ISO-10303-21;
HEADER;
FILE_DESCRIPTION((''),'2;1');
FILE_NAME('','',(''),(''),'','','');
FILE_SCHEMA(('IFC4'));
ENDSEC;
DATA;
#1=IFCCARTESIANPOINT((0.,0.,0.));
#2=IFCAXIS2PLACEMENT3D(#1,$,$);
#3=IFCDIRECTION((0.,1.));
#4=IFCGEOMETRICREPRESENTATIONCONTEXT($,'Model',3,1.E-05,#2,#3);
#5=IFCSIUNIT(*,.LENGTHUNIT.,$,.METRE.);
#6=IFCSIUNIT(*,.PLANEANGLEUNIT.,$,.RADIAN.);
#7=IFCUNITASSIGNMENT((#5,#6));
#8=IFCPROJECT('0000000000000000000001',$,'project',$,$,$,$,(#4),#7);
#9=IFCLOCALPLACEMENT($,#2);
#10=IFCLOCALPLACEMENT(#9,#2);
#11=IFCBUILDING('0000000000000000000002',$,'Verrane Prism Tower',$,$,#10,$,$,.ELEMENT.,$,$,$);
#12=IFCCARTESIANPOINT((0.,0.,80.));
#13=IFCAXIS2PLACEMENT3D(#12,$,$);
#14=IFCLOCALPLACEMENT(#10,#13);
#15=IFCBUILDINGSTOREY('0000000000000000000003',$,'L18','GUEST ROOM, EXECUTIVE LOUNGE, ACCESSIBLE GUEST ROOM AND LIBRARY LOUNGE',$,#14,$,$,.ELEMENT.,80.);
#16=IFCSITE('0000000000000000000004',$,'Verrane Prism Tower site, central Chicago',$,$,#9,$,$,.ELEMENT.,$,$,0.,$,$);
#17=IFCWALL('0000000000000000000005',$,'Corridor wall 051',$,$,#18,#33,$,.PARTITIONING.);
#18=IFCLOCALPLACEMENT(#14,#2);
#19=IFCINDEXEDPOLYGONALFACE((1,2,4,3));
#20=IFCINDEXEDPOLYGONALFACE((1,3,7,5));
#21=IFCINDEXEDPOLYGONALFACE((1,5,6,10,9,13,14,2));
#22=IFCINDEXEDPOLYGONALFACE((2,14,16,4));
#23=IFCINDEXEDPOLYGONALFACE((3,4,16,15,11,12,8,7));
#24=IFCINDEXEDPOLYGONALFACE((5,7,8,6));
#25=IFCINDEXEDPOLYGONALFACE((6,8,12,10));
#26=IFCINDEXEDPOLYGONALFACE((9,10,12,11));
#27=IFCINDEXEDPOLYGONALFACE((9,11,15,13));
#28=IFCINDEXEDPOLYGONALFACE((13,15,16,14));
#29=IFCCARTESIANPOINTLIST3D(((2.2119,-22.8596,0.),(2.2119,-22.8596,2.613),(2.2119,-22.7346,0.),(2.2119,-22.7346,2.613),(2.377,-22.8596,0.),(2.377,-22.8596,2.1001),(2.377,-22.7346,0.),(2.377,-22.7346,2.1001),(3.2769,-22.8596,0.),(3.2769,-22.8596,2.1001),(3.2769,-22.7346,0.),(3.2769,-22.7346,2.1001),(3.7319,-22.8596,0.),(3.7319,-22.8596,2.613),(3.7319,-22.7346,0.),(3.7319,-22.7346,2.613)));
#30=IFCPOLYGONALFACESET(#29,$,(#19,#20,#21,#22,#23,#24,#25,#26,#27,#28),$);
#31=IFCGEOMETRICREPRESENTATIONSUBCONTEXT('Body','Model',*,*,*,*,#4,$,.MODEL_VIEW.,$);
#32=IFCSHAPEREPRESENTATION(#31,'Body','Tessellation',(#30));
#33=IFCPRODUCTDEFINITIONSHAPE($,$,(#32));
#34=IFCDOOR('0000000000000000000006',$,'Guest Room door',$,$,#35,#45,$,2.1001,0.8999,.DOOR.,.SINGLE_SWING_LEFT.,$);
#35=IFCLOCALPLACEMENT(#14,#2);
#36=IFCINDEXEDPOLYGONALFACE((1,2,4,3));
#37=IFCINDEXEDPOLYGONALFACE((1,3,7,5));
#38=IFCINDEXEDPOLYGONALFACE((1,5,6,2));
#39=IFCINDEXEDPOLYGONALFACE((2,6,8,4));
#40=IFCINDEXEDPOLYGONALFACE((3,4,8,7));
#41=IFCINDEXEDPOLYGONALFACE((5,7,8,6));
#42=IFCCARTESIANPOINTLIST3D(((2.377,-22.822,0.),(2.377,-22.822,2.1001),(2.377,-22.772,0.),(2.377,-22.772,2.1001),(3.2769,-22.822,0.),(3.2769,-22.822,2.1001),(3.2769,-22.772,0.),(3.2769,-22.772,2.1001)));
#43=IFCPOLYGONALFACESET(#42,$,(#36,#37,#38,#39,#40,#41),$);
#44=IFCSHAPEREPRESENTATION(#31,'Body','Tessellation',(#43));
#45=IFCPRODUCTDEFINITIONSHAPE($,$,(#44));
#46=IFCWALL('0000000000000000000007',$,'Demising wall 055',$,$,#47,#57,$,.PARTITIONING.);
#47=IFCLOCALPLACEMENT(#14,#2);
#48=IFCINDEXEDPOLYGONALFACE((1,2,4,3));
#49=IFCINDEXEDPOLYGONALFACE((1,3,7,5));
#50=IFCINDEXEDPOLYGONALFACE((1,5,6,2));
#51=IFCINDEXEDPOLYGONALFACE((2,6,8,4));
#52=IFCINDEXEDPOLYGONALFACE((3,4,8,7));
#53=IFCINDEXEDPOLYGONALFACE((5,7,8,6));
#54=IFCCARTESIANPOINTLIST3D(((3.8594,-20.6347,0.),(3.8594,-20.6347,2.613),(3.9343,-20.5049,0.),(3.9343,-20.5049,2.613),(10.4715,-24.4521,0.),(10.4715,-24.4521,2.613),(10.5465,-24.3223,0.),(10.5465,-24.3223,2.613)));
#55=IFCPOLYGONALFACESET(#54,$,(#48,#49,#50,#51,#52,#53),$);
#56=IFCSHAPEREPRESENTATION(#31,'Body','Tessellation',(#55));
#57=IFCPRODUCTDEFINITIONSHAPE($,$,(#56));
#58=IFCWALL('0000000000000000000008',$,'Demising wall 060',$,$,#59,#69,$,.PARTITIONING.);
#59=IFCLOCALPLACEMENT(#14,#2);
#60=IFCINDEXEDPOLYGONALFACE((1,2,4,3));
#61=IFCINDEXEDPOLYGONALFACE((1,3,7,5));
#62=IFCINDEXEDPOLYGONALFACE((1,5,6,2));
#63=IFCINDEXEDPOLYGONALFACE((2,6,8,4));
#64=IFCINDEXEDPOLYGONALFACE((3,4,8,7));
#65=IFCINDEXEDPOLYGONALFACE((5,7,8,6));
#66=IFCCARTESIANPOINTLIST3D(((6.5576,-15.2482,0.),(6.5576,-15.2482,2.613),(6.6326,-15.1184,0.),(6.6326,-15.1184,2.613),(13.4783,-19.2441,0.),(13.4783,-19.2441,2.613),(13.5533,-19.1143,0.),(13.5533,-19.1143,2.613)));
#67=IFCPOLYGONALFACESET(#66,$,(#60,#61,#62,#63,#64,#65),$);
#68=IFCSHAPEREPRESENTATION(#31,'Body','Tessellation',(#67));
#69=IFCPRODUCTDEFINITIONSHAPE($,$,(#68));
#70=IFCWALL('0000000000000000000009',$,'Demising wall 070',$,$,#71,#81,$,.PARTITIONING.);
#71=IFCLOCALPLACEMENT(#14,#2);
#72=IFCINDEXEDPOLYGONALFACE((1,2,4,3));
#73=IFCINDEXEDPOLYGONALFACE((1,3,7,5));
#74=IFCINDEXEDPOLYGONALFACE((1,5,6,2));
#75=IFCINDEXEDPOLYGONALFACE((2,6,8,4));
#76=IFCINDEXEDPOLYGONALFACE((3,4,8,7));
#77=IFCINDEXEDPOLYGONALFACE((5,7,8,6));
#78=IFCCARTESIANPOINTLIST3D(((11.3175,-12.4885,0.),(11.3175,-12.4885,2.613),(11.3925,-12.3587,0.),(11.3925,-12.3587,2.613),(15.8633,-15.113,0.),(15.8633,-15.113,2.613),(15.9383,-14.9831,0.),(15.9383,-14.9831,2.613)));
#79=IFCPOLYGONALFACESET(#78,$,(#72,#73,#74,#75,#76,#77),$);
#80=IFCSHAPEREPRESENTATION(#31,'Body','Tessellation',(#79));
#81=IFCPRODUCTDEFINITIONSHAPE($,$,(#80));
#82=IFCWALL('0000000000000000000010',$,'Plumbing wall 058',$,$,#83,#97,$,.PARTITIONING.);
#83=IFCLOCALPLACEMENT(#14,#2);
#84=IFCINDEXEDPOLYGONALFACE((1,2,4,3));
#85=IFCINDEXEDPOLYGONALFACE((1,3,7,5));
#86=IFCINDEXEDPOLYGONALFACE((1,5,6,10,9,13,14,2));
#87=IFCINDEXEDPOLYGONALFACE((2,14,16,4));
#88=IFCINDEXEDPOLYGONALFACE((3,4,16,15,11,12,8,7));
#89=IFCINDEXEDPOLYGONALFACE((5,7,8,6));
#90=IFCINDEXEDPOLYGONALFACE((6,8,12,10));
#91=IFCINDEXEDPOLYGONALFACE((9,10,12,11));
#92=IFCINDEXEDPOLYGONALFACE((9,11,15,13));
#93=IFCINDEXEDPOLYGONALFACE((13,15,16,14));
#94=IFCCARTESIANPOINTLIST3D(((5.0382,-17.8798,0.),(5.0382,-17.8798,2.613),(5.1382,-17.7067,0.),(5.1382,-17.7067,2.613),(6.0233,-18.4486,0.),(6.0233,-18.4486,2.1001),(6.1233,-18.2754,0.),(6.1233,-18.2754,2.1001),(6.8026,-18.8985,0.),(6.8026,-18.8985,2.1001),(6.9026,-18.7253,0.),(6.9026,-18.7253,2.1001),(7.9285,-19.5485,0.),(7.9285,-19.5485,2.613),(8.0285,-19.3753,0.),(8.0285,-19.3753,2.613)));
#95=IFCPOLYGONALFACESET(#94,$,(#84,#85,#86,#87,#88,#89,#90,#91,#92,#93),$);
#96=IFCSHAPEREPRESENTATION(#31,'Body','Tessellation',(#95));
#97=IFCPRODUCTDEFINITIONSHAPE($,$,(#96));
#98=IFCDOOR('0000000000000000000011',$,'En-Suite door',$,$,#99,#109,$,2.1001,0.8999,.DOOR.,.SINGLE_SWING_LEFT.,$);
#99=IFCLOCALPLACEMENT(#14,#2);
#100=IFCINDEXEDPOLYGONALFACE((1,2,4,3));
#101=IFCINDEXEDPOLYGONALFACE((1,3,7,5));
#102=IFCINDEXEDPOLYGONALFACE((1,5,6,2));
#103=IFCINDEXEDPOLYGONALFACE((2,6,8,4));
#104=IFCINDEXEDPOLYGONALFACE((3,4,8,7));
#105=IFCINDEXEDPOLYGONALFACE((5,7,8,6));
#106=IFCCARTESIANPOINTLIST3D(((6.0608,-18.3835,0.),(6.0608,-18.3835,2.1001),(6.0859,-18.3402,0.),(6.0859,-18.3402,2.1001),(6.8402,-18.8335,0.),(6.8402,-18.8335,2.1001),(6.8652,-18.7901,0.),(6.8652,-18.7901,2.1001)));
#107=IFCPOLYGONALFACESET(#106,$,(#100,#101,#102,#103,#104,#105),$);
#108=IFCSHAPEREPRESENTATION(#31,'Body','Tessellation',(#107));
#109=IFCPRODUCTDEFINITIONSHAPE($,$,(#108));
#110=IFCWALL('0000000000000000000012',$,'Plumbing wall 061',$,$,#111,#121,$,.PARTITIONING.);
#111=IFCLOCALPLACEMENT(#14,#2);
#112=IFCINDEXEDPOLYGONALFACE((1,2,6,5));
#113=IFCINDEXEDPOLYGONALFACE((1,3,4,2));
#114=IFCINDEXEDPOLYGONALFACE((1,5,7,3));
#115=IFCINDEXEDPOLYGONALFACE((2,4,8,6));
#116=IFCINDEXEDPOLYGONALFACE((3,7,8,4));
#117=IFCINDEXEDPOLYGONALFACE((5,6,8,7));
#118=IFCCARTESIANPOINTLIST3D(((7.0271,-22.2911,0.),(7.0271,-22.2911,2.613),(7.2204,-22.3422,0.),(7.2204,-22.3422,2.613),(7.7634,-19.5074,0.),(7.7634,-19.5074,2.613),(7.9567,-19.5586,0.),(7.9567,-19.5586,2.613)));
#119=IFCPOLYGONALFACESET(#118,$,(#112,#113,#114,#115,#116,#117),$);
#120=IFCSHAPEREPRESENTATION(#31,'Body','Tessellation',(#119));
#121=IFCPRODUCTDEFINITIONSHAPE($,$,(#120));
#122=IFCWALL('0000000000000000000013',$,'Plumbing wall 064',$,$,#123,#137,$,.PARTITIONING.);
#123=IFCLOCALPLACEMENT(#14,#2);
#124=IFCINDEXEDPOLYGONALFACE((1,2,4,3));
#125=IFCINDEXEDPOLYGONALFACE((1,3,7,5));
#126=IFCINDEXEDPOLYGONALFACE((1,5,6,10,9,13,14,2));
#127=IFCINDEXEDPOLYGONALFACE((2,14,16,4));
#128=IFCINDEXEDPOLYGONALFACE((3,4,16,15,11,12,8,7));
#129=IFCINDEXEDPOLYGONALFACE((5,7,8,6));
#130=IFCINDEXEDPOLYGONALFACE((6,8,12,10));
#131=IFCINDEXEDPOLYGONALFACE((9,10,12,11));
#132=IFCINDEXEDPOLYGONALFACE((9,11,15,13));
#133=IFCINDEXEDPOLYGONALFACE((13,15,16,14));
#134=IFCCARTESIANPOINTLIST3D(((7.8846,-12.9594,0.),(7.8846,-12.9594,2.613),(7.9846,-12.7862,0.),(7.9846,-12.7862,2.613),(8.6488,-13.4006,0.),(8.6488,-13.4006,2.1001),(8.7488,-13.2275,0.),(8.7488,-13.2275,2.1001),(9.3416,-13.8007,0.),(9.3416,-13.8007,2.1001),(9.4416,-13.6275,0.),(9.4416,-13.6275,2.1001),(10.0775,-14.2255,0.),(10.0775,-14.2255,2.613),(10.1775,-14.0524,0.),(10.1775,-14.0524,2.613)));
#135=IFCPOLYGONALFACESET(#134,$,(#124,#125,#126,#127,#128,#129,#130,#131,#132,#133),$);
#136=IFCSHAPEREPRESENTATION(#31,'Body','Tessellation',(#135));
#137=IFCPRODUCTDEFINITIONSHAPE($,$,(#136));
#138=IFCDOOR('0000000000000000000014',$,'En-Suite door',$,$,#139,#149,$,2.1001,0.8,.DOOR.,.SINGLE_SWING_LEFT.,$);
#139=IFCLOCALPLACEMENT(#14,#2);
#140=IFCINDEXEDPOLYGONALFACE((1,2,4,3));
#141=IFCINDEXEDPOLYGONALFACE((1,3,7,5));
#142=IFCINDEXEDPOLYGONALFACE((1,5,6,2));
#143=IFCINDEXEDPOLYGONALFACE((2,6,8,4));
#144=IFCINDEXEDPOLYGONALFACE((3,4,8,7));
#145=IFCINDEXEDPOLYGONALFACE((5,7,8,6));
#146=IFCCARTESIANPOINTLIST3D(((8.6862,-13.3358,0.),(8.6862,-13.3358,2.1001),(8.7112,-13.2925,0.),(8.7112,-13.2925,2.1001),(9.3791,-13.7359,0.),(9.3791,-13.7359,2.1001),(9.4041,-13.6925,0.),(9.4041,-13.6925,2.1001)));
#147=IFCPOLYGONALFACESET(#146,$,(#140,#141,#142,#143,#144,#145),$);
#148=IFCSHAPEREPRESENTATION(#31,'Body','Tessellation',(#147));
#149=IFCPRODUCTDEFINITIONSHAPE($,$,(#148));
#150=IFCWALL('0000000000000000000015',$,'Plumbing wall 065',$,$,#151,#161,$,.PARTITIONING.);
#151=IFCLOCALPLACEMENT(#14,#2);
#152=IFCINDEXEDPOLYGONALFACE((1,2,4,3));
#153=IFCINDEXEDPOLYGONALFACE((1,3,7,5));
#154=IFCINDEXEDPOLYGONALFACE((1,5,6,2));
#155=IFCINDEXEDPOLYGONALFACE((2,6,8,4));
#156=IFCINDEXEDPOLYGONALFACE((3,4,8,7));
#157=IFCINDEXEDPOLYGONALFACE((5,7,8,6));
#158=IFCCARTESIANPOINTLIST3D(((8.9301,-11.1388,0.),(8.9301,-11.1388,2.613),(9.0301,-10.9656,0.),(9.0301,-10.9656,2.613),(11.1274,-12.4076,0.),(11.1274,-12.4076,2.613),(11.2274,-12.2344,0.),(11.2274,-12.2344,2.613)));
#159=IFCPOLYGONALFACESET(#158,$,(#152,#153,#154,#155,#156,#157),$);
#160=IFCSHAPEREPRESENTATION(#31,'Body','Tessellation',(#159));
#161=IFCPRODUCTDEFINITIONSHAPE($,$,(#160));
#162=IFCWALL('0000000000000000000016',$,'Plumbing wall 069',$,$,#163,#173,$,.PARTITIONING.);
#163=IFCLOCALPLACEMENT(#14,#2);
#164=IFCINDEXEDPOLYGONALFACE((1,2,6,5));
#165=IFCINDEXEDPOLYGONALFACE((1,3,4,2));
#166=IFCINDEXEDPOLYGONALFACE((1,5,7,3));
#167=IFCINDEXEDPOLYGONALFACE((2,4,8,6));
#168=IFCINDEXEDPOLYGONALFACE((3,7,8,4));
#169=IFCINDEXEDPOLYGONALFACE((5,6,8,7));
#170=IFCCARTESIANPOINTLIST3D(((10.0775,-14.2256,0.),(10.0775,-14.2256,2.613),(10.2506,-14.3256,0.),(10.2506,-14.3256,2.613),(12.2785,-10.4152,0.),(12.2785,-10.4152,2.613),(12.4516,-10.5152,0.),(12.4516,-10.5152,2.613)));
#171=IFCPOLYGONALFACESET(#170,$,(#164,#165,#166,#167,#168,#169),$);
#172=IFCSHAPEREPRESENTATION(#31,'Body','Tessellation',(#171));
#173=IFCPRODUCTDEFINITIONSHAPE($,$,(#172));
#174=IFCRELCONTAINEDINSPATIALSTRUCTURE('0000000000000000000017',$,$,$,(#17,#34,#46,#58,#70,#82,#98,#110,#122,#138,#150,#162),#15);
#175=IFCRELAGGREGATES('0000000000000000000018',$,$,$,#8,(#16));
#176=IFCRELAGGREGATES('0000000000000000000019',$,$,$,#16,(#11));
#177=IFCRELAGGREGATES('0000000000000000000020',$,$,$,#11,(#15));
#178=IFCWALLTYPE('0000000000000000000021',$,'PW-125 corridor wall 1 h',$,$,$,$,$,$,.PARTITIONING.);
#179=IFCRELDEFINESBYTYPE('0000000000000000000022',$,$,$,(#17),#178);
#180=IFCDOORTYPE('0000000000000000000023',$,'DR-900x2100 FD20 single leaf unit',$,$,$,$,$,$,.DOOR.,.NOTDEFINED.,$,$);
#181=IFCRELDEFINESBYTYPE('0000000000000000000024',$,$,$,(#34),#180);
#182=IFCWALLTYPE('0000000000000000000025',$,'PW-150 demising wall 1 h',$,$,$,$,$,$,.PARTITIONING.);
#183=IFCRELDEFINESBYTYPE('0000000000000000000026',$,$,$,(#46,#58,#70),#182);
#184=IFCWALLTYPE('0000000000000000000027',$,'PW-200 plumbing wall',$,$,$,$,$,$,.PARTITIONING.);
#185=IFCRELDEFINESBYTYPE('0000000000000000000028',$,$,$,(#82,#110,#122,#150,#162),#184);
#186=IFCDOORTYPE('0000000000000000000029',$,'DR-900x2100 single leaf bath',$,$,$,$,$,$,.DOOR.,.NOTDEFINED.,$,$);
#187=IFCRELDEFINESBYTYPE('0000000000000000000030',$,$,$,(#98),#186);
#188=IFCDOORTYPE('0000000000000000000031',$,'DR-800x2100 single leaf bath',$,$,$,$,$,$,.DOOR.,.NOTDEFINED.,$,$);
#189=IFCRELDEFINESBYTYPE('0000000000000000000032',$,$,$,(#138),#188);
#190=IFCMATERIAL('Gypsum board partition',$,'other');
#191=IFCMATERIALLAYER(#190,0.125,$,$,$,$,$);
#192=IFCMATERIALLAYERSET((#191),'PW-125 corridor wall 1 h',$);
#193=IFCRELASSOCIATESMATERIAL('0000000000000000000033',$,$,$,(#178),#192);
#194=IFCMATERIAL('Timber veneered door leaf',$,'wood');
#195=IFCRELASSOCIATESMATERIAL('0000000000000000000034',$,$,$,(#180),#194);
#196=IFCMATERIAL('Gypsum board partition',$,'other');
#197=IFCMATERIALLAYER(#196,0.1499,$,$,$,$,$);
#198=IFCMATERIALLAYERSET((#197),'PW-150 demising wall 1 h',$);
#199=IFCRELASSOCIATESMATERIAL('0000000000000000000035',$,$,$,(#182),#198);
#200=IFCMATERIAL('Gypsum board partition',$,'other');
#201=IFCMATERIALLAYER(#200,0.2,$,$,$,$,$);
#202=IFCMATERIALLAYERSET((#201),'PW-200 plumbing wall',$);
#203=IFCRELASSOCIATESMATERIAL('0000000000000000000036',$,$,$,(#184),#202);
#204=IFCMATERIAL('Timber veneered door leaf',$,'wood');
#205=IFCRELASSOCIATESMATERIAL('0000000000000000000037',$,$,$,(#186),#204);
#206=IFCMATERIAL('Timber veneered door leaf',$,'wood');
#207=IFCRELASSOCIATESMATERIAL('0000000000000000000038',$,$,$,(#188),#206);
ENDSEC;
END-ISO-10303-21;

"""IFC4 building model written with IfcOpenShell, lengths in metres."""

from ifc_helpers import new_model, si_unit, direction, frame, frame_2d, origin, place, context, subcontext, project, spatial, rectangle, extrude, material, layer, layer_set, type_object, element, fill, save


model = new_model("IFC4")

# Units and contexts
model_context = context("Model", 3, precision=1e-05, world=origin(), true_north=direction((0.0, 1.0)))
body_context = subcontext(model_context, "Body", "Model", "MODEL_VIEW")
ifc_project = project(units=[si_unit("LENGTHUNIT", "METRE"), si_unit("PLANEANGLEUNIT", "RADIAN")], contexts=[model_context])

# Site, building, storey
site_placement = place(None, origin())
site = spatial("IfcSite", under=ifc_project, at=site_placement, Name="Verrane Prism Tower site, central Chicago", CompositionType="ELEMENT", RefElevation=0.0)
building_placement = place(site_placement, origin())
building = spatial("IfcBuilding", under=site, at=building_placement, Name="Verrane Prism Tower", CompositionType="ELEMENT")
storey_placement = place(building_placement, frame((0.0, 0.0, 80.0)))
storey = spatial("IfcBuildingStorey", under=building, at=storey_placement, Name="L18", Description="GUEST ROOM, EXECUTIVE LOUNGE, ACCESSIBLE GUEST ROOM AND LIBRARY LOUNGE", CompositionType="ELEMENT", Elevation=80.0)

# Wall, opening, door
ifc_material_1 = material(Name="Gypsum board partition", Category="other")
ifc_layer_1 = layer(ifc_material_1, 0.125)
ifc_layer_set_1 = layer_set([ifc_layer_1], Name="PW-125 corridor wall 1 h")
wall_type_1 = type_object("IfcWallType", Name="PW-125 corridor wall 1 h", PredefinedType="PARTITIONING", material=ifc_layer_set_1)
wall_1_placement = place(storey_placement, frame((3.7319, -22.7971, 0.0), z_axis=(0.0, 0.0, 1.0), x_axis=(-1.0, 0.0, 0.0)))
wall_1 = element("IfcWall", 1, at=wall_1_placement, inside=storey, type_object=wall_type_1, Name="Corridor wall 051", PredefinedType="PARTITIONING", context=body_context, shape_type="SweptSolid", body=[
    extrude(rectangle(XDim=1.52, YDim=0.125, at=frame_2d((0.76, 0.0))), origin(), (0.0, 0.0, 1.0), 2.613),
])
opening_1_placement = place(wall_1_placement, frame((0.4551, 0.0, 0.0)))
opening_1 = element("IfcOpeningElement", 2, at=opening_1_placement, cuts=wall_1, PredefinedType="OPENING", context=body_context, shape_type="SweptSolid", body=[
    extrude(rectangle(XDim=0.8999, YDim=2.1001, at=frame_2d((0.45, 1.05))), frame((0.0, 0.0725, 0.0), z_axis=(0.0, -1.0, 0.0), x_axis=(1.0, 0.0, 0.0)), (0.0, 0.0, 1.0), 0.145),
])
ifc_material_2 = material(Name="Timber veneered door leaf", Category="wood")
door_type_1 = type_object("IfcDoorType", Name="DR-900x2100 FD20 single leaf unit", OperationType="NOTDEFINED", PredefinedType="DOOR", material=ifc_material_2)
door_1_placement = place(opening_1_placement, origin())
door_1 = element("IfcDoor", 3, at=door_1_placement, inside=storey, type_object=door_type_1, Name="Guest Room door", OperationType="SINGLE_SWING_LEFT", OverallHeight=2.1001, OverallWidth=0.8999, PredefinedType="DOOR", context=body_context, shape_type="SweptSolid", body=[
    extrude(rectangle(XDim=0.8999, YDim=2.1001, at=frame_2d((0.45, 1.05))), frame((0.0, 0.0249, 0.0), z_axis=(0.0, -1.0, 0.0), x_axis=(1.0, 0.0, 0.0)), (0.0, 0.0, 1.0), 0.05),
])
fill(opening_1, door_1)

# Walls
ifc_material_3 = material(Name="Gypsum board partition", Category="other")
ifc_layer_2 = layer(ifc_material_3, 0.1499)
ifc_layer_set_2 = layer_set([ifc_layer_2], Name="PW-150 demising wall 1 h")
wall_type_2 = type_object("IfcWallType", Name="PW-150 demising wall 1 h", PredefinedType="PARTITIONING", material=ifc_layer_set_2)
wall_2_placement = place(storey_placement, frame((3.897, -20.5698, 0.0), z_axis=(0.0, 0.0, 1.0), x_axis=(0.866031, -0.499991, 0.0)))
element("IfcWall", 4, at=wall_2_placement, inside=storey, type_object=wall_type_2, Name="Demising wall 055", PredefinedType="PARTITIONING", context=body_context, shape_type="SweptSolid", body=[
    extrude(rectangle(XDim=7.635, YDim=0.1499, at=frame_2d((3.8174, 0.0))), origin(), (0.0, 0.0, 1.0), 2.613),
])
wall_3_placement = place(storey_placement, frame((6.5952, -15.1833, 0.0), z_axis=(0.0, 0.0, 1.0), x_axis=(0.866014, -0.50002, 0.0)))
element("IfcWall", 5, at=wall_3_placement, inside=storey, type_object=wall_type_2, Name="Demising wall 060", PredefinedType="PARTITIONING", context=body_context, shape_type="SweptSolid", body=[
    extrude(rectangle(XDim=7.9915, YDim=0.1499, at=frame_2d((3.9956, 0.0))), origin(), (0.0, 0.0, 1.0), 2.613),
])
wall_4_placement = place(storey_placement, frame((11.355, -12.4236, 0.0), z_axis=(0.0, 0.0, 1.0), x_axis=(0.866031, -0.499991, 0.0)))
element("IfcWall", 6, at=wall_4_placement, inside=storey, type_object=wall_type_2, Name="Demising wall 070", PredefinedType="PARTITIONING", context=body_context, shape_type="SweptSolid", body=[
    extrude(rectangle(XDim=5.249, YDim=0.1499, at=frame_2d((2.6245, 0.0))), origin(), (0.0, 0.0, 1.0), 2.613),
])

# Wall, opening, door
ifc_material_4 = material(Name="Gypsum board partition", Category="other")
ifc_layer_3 = layer(ifc_material_4, 0.2)
ifc_layer_set_3 = layer_set([ifc_layer_3], Name="PW-200 plumbing wall")
wall_type_3 = type_object("IfcWallType", Name="PW-200 plumbing wall", PredefinedType="PARTITIONING", material=ifc_layer_set_3)
wall_5_placement = place(storey_placement, frame((7.9785, -19.4619, 0.0), z_axis=(0.0, 0.0, 1.0), x_axis=(-0.866033, 0.499986, 0.0)))
wall_5 = element("IfcWall", 7, at=wall_5_placement, inside=storey, type_object=wall_type_3, Name="Plumbing wall 058", PredefinedType="PARTITIONING", context=body_context, shape_type="SweptSolid", body=[
    extrude(rectangle(XDim=3.3374, YDim=0.2, at=frame_2d((1.6687, 0.0))), origin(), (0.0, 0.0, 1.0), 2.613),
])
opening_2_placement = place(wall_5_placement, frame((1.3, 0.0, 0.0)))
opening_2 = element("IfcOpeningElement", 8, at=opening_2_placement, cuts=wall_5, PredefinedType="OPENING", context=body_context, shape_type="SweptSolid", body=[
    extrude(rectangle(XDim=0.8999, YDim=2.1001, at=frame_2d((0.45, 1.05))), frame((0.0, 0.1099, 0.0), z_axis=(0.0, -1.0, 0.0), x_axis=(1.0, 0.0, 0.0)), (0.0, 0.0, 1.0), 0.22),
])
ifc_material_5 = material(Name="Timber veneered door leaf", Category="wood")
door_type_2 = type_object("IfcDoorType", Name="DR-900x2100 single leaf bath", OperationType="NOTDEFINED", PredefinedType="DOOR", material=ifc_material_5)
door_2_placement = place(opening_2_placement, origin())
door_2 = element("IfcDoor", 9, at=door_2_placement, inside=storey, type_object=door_type_2, Name="En-Suite door", OperationType="SINGLE_SWING_LEFT", OverallHeight=2.1001, OverallWidth=0.8999, PredefinedType="DOOR", context=body_context, shape_type="SweptSolid", body=[
    extrude(rectangle(XDim=0.8999, YDim=2.1001, at=frame_2d((0.45, 1.05))), frame((0.0, 0.0249, 0.0), z_axis=(0.0, -1.0, 0.0), x_axis=(1.0, 0.0, 0.0)), (0.0, 0.0, 1.0), 0.05),
])
fill(opening_2, door_2)

# Wall
wall_6_placement = place(storey_placement, frame((7.1238, -22.3167, 0.0), z_axis=(0.0, 0.0, 1.0), x_axis=(0.25572, 0.966751, 0.0)))
element("IfcWall", 10, at=wall_6_placement, inside=storey, type_object=wall_type_3, Name="Plumbing wall 061", PredefinedType="PARTITIONING", context=body_context, shape_type="SweptSolid", body=[
    extrude(rectangle(XDim=2.8794, YDim=0.2, at=frame_2d((1.4397, 0.0))), origin(), (0.0, 0.0, 1.0), 2.613),
])

# Wall, opening, door
wall_7_placement = place(storey_placement, frame((7.9346, -12.8728, 0.0), z_axis=(0.0, 0.0, 1.0), x_axis=(0.866015, -0.500017, 0.0)))
wall_7 = element("IfcWall", 11, at=wall_7_placement, inside=storey, type_object=wall_type_3, Name="Plumbing wall 064", PredefinedType="PARTITIONING", context=body_context, shape_type="SweptSolid", body=[
    extrude(rectangle(XDim=2.5322, YDim=0.2, at=frame_2d((1.2661, 0.0))), origin(), (0.0, 0.0, 1.0), 2.613),
])
opening_3_placement = place(wall_7_placement, frame((0.8826, 0.0, 0.0)))
opening_3 = element("IfcOpeningElement", 12, at=opening_3_placement, cuts=wall_7, PredefinedType="OPENING", context=body_context, shape_type="SweptSolid", body=[
    extrude(rectangle(XDim=0.8, YDim=2.1001, at=frame_2d((0.3999, 1.05))), frame((0.0, 0.1099, 0.0), z_axis=(0.0, -1.0, 0.0), x_axis=(1.0, 0.0, 0.0)), (0.0, 0.0, 1.0), 0.22),
])
ifc_material_6 = material(Name="Timber veneered door leaf", Category="wood")
door_type_3 = type_object("IfcDoorType", Name="DR-800x2100 single leaf bath", OperationType="NOTDEFINED", PredefinedType="DOOR", material=ifc_material_6)
door_3_placement = place(opening_3_placement, origin())
door_3 = element("IfcDoor", 13, at=door_3_placement, inside=storey, type_object=door_type_3, Name="En-Suite door", OperationType="SINGLE_SWING_LEFT", OverallHeight=2.1001, OverallWidth=0.8, PredefinedType="DOOR", context=body_context, shape_type="SweptSolid", body=[
    extrude(rectangle(XDim=0.8, YDim=2.1001, at=frame_2d((0.3999, 1.05))), frame((0.0, 0.0249, 0.0), z_axis=(0.0, -1.0, 0.0), x_axis=(1.0, 0.0, 0.0)), (0.0, 0.0, 1.0), 0.05),
])
fill(opening_3, door_3)

# Walls
wall_8_placement = place(storey_placement, frame((8.9802, -11.0522, 0.0), z_axis=(0.0, 0.0, 1.0), x_axis=(0.86599, -0.500061, 0.0)))
element("IfcWall", 14, at=wall_8_placement, inside=storey, type_object=wall_type_3, Name="Plumbing wall 065", PredefinedType="PARTITIONING", context=body_context, shape_type="SweptSolid", body=[
    extrude(rectangle(XDim=2.5374, YDim=0.2, at=frame_2d((1.2686, 0.0))), origin(), (0.0, 0.0, 1.0), 2.613),
])
wall_9_placement = place(storey_placement, frame((10.1641, -14.2756, 0.0), z_axis=(0.0, 0.0, 1.0), x_axis=(0.500179, 0.865922, 0.0)))
element("IfcWall", 15, at=wall_9_placement, inside=storey, type_object=wall_type_3, Name="Plumbing wall 069", PredefinedType="PARTITIONING", context=body_context, shape_type="SweptSolid", body=[
    extrude(rectangle(XDim=4.4004, YDim=0.2, at=frame_2d((2.2002, 0.0))), origin(), (0.0, 0.0, 1.0), 2.613),
])

save(model, "model.ifc")
